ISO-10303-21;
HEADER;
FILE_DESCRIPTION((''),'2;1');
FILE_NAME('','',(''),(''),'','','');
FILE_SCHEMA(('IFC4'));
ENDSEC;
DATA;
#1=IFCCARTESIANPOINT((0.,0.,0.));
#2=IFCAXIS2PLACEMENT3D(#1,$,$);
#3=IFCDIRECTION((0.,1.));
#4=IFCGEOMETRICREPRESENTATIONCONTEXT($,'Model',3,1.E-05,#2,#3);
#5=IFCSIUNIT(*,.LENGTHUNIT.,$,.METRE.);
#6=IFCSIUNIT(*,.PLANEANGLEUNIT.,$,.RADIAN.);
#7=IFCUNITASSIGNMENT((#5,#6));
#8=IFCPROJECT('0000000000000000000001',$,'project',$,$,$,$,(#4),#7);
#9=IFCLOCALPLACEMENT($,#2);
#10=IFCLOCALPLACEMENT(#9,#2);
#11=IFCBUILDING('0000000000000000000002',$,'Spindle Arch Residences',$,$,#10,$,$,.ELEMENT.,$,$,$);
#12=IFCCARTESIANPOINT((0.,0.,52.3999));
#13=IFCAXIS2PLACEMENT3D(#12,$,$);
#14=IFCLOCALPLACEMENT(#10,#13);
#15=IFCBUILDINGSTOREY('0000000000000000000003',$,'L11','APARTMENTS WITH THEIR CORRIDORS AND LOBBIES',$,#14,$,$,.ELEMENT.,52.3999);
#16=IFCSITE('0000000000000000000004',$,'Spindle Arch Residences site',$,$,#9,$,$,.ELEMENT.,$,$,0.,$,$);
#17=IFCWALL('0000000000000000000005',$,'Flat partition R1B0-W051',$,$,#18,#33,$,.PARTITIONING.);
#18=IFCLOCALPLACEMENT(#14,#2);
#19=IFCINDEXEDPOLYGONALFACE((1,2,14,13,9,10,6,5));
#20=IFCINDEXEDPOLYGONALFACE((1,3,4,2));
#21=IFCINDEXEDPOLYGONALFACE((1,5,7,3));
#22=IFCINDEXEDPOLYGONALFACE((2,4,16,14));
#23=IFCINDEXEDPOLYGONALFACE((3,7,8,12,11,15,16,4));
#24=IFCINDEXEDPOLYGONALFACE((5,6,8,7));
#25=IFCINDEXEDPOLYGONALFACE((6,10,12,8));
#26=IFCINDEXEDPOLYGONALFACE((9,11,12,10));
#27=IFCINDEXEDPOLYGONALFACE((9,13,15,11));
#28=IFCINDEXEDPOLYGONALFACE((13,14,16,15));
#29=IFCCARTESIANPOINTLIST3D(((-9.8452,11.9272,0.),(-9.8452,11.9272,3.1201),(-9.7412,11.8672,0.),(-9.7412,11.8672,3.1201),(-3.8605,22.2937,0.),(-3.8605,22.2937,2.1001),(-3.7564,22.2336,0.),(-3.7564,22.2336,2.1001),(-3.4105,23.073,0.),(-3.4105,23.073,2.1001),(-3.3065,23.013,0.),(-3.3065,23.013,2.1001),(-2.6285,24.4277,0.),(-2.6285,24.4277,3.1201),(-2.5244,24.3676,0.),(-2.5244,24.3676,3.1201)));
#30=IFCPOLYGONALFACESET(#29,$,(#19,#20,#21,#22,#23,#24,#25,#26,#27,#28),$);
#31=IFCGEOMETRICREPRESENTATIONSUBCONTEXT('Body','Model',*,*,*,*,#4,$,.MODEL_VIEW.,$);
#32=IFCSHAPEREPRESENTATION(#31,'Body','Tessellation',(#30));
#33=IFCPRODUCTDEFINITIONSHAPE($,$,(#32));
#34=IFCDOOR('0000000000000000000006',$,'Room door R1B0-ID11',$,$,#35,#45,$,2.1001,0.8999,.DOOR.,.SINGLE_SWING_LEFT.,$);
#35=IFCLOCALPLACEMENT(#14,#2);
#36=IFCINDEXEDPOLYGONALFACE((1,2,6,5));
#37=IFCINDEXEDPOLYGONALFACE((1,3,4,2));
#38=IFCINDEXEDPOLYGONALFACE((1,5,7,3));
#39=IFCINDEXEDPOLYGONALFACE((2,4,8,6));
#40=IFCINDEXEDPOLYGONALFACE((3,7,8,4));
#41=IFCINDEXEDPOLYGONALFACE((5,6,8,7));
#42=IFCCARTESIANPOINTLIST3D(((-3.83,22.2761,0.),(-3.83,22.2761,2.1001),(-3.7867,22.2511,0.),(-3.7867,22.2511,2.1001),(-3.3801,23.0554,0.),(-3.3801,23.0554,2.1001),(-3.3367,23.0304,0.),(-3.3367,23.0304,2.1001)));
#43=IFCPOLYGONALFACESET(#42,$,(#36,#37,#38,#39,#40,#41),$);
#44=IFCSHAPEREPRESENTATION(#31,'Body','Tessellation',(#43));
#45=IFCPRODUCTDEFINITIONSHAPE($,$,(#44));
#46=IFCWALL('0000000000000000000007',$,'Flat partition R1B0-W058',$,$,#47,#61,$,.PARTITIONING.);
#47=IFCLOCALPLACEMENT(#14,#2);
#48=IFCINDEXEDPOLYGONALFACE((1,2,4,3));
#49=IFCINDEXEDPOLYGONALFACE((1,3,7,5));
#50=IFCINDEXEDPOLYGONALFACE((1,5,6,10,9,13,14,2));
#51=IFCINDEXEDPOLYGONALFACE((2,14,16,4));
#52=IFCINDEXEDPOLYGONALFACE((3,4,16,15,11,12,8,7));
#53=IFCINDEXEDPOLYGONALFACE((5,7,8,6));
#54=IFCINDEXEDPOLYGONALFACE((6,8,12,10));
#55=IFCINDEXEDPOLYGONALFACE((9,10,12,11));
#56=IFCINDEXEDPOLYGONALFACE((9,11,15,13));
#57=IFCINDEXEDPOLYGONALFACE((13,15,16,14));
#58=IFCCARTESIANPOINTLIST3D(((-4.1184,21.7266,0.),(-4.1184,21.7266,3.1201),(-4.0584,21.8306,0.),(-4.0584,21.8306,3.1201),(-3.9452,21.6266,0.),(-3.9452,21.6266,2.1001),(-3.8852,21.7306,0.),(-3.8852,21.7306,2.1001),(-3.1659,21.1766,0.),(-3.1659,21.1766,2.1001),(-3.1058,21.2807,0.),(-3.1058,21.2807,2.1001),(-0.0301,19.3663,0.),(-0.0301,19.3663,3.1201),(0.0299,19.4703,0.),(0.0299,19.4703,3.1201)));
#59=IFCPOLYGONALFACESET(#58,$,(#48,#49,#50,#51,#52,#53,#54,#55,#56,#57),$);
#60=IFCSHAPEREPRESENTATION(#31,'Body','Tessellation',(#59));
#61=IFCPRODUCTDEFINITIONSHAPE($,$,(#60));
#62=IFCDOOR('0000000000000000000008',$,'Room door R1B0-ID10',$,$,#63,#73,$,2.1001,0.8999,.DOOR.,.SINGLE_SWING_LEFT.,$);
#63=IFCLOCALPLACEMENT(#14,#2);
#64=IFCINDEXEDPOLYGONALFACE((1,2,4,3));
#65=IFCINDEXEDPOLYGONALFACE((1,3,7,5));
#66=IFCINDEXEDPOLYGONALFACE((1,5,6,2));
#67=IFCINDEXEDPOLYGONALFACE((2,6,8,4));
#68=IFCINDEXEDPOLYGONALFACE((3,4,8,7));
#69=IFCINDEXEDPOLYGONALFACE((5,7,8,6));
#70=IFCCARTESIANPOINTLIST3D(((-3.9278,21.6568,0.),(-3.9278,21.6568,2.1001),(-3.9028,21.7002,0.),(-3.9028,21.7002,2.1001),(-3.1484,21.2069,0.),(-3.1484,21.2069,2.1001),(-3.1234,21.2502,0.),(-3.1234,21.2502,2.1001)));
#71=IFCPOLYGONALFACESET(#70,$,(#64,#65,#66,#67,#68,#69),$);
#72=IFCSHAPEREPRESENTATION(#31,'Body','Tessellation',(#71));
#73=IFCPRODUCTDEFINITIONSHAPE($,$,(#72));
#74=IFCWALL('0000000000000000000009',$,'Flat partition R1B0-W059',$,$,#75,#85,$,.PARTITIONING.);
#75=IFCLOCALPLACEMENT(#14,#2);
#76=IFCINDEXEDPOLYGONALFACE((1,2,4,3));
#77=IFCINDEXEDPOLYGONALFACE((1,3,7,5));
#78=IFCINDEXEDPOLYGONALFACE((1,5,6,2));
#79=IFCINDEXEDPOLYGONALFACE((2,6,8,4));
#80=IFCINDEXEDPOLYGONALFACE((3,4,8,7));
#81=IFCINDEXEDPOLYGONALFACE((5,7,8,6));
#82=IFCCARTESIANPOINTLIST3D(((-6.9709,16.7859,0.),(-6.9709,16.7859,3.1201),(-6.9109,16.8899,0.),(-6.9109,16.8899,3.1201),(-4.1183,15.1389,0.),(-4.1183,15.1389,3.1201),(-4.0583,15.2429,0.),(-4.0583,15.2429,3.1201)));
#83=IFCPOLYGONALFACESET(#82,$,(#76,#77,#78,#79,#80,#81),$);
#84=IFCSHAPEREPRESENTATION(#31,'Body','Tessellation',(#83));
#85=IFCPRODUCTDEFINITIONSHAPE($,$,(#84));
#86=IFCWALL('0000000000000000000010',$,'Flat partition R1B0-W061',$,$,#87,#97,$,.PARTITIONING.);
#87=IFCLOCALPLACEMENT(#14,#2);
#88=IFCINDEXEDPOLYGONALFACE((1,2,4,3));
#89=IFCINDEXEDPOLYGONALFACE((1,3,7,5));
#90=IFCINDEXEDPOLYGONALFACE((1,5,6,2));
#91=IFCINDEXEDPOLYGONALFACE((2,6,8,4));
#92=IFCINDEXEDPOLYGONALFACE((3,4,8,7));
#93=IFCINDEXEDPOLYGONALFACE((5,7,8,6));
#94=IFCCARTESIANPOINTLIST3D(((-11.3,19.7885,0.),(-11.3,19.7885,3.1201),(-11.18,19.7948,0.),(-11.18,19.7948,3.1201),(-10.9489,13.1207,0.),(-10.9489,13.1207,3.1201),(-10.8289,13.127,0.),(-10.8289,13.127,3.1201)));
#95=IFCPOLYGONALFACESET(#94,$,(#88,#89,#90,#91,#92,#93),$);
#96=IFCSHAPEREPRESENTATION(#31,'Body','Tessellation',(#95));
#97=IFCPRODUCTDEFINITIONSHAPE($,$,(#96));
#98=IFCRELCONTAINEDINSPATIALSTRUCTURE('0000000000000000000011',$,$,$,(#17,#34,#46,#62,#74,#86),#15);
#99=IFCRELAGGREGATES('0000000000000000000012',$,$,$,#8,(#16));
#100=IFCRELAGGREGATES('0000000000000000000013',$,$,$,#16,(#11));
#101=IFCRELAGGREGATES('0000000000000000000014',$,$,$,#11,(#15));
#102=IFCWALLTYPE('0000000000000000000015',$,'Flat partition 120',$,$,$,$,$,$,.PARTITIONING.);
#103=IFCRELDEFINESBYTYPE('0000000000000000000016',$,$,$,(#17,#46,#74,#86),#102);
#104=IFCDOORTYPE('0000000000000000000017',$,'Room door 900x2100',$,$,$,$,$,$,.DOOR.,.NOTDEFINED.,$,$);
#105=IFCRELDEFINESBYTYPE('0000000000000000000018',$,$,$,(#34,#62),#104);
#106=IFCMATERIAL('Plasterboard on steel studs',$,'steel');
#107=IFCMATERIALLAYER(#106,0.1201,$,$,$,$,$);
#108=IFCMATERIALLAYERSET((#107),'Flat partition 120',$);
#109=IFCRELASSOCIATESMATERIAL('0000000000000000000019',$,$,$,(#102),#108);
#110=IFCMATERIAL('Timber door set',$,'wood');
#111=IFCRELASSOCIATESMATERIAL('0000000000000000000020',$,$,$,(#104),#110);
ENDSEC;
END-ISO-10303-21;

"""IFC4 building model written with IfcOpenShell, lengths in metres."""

from ifc_helpers import new_model, si_unit, direction, frame, frame_2d, origin, place, context, subcontext, project, spatial, rectangle, extrude, material, layer, layer_set, type_object, element, fill, save


model = new_model("IFC4")

# Units and contexts
model_context = context("Model", 3, precision=1e-05, world=origin(), true_north=direction((0.0, 1.0)))
body_context = subcontext(model_context, "Body", "Model", "MODEL_VIEW")
ifc_project = project(units=[si_unit("LENGTHUNIT", "METRE"), si_unit("PLANEANGLEUNIT", "RADIAN")], contexts=[model_context])

# Site, building, storey
site_placement = place(None, origin())
site = spatial("IfcSite", under=ifc_project, at=site_placement, Name="Spindle Arch Residences site", CompositionType="ELEMENT", RefElevation=0.0)
building_placement = place(site_placement, origin())
building = spatial("IfcBuilding", under=site, at=building_placement, Name="Spindle Arch Residences", CompositionType="ELEMENT")
storey_placement = place(building_placement, frame((0.0, 0.0, 52.3999)))
storey = spatial("IfcBuildingStorey", under=building, at=storey_placement, Name="L11", Description="APARTMENTS WITH THEIR CORRIDORS AND LOBBIES", CompositionType="ELEMENT", Elevation=52.3999)

# Shared definitions
ifc_material_1 = material(Name="Plasterboard on steel studs", Category="steel")
ifc_layer_1 = layer(ifc_material_1, 0.1201)
ifc_layer_set_1 = layer_set([ifc_layer_1], Name="Flat partition 120")
wall_type_1 = type_object("IfcWallType", Name="Flat partition 120", PredefinedType="PARTITIONING", material=ifc_layer_set_1)
ifc_material_2 = material(Name="Timber door set", Category="wood")
door_type_1 = type_object("IfcDoorType", Name="Room door 900x2100", OperationType="NOTDEFINED", PredefinedType="DOOR", material=ifc_material_2)

# Walls, openings, doors
wall_1_placement = place(storey_placement, frame((-9.7932, 11.8972, 0.0), z_axis=(0.0, 0.0, 1.0), x_axis=(0.499981, 0.866036, 0.0)))
wall_1 = element("IfcWall", 1, at=wall_1_placement, inside=storey, type_object=wall_type_1, Name="Flat partition R1B0-W051", PredefinedType="PARTITIONING", context=body_context, shape_type="SweptSolid", body=[
    extrude(rectangle(XDim=14.4341, YDim=0.1201, at=frame_2d((7.217, 0.0))), origin(), (0.0, 0.0, 1.0), 3.1201),
])
opening_1_placement = place(wall_1_placement, frame((11.97, 0.0, 0.0)))
opening_1 = element("IfcOpeningElement", 2, at=opening_1_placement, cuts=wall_1, PredefinedType="OPENING", context=body_context, shape_type="SweptSolid", body=[
    extrude(rectangle(XDim=0.8999, YDim=2.1001, at=frame_2d((0.45, 1.05))), frame((0.0, 0.0701, 0.0), z_axis=(0.0, -1.0, 0.0), x_axis=(1.0, 0.0, 0.0)), (0.0, 0.0, 1.0), 0.1401),
])
door_1_placement = place(opening_1_placement, origin())
door_1 = element("IfcDoor", 3, at=door_1_placement, inside=storey, type_object=door_type_1, Name="Room door R1B0-ID11", OperationType="SINGLE_SWING_LEFT", OverallHeight=2.1001, OverallWidth=0.8999, PredefinedType="DOOR", context=body_context, shape_type="SweptSolid", body=[
    extrude(rectangle(XDim=0.8999, YDim=2.1001, at=frame_2d((0.45, 1.05))), frame((0.0, 0.0249, 0.0), z_axis=(0.0, -1.0, 0.0), x_axis=(1.0, 0.0, 0.0)), (0.0, 0.0, 1.0), 0.05),
])
fill(opening_1, door_1)
wall_2_placement = place(storey_placement, frame((-4.0884, 21.7786, 0.0), z_axis=(0.0, 0.0, 1.0), x_axis=(0.866032, -0.499988, 0.0)))
wall_2 = element("IfcWall", 4, at=wall_2_placement, inside=storey, type_object=wall_type_1, Name="Flat partition R1B0-W058", PredefinedType="PARTITIONING", context=body_context, shape_type="SweptSolid", body=[
    extrude(rectangle(XDim=4.7207, YDim=0.1201, at=frame_2d((2.3604, 0.0))), origin(), (0.0, 0.0, 1.0), 3.1201),
])
opening_2_placement = place(wall_2_placement, frame((0.2, 0.0, 0.0)))
opening_2 = element("IfcOpeningElement", 5, at=opening_2_placement, cuts=wall_2, PredefinedType="OPENING", context=body_context, shape_type="SweptSolid", body=[
    extrude(rectangle(XDim=0.8999, YDim=2.1001, at=frame_2d((0.45, 1.05))), frame((0.0, 0.0701, 0.0), z_axis=(0.0, -1.0, 0.0), x_axis=(1.0, 0.0, 0.0)), (0.0, 0.0, 1.0), 0.1401),
])
door_2_placement = place(opening_2_placement, origin())
door_2 = element("IfcDoor", 6, at=door_2_placement, inside=storey, type_object=door_type_1, Name="Room door R1B0-ID10", OperationType="SINGLE_SWING_LEFT", OverallHeight=2.1001, OverallWidth=0.8999, PredefinedType="DOOR", context=body_context, shape_type="SweptSolid", body=[
    extrude(rectangle(XDim=0.8999, YDim=2.1001, at=frame_2d((0.45, 1.05))), frame((0.0, 0.0249, 0.0), z_axis=(0.0, -1.0, 0.0), x_axis=(1.0, 0.0, 0.0)), (0.0, 0.0, 1.0), 0.05),
])
fill(opening_2, door_2)

# Walls
wall_3_placement = place(storey_placement, frame((-6.9409, 16.8379, 0.0), z_axis=(0.0, 0.0, 1.0), x_axis=(0.866018, -0.500013, 0.0)))
element("IfcWall", 7, at=wall_3_placement, inside=storey, type_object=wall_type_1, Name="Flat partition R1B0-W059", PredefinedType="PARTITIONING", context=body_context, shape_type="SweptSolid", body=[
    extrude(rectangle(XDim=3.2939, YDim=0.1201, at=frame_2d((1.647, 0.0))), origin(), (0.0, 0.0, 1.0), 3.1201),
])
wall_4_placement = place(storey_placement, frame((-11.24, 19.7915, 0.0), z_axis=(0.0, 0.0, 1.0), x_axis=(0.05258, -0.998617, 0.0)))
element("IfcWall", 8, at=wall_4_placement, inside=storey, type_object=wall_type_1, Name="Flat partition R1B0-W061", PredefinedType="PARTITIONING", context=body_context, shape_type="SweptSolid", body=[
    extrude(rectangle(XDim=6.677, YDim=0.1201, at=frame_2d((3.3384, 0.0))), origin(), (0.0, 0.0, 1.0), 3.1201),
])

save(model, "model.ifc")
